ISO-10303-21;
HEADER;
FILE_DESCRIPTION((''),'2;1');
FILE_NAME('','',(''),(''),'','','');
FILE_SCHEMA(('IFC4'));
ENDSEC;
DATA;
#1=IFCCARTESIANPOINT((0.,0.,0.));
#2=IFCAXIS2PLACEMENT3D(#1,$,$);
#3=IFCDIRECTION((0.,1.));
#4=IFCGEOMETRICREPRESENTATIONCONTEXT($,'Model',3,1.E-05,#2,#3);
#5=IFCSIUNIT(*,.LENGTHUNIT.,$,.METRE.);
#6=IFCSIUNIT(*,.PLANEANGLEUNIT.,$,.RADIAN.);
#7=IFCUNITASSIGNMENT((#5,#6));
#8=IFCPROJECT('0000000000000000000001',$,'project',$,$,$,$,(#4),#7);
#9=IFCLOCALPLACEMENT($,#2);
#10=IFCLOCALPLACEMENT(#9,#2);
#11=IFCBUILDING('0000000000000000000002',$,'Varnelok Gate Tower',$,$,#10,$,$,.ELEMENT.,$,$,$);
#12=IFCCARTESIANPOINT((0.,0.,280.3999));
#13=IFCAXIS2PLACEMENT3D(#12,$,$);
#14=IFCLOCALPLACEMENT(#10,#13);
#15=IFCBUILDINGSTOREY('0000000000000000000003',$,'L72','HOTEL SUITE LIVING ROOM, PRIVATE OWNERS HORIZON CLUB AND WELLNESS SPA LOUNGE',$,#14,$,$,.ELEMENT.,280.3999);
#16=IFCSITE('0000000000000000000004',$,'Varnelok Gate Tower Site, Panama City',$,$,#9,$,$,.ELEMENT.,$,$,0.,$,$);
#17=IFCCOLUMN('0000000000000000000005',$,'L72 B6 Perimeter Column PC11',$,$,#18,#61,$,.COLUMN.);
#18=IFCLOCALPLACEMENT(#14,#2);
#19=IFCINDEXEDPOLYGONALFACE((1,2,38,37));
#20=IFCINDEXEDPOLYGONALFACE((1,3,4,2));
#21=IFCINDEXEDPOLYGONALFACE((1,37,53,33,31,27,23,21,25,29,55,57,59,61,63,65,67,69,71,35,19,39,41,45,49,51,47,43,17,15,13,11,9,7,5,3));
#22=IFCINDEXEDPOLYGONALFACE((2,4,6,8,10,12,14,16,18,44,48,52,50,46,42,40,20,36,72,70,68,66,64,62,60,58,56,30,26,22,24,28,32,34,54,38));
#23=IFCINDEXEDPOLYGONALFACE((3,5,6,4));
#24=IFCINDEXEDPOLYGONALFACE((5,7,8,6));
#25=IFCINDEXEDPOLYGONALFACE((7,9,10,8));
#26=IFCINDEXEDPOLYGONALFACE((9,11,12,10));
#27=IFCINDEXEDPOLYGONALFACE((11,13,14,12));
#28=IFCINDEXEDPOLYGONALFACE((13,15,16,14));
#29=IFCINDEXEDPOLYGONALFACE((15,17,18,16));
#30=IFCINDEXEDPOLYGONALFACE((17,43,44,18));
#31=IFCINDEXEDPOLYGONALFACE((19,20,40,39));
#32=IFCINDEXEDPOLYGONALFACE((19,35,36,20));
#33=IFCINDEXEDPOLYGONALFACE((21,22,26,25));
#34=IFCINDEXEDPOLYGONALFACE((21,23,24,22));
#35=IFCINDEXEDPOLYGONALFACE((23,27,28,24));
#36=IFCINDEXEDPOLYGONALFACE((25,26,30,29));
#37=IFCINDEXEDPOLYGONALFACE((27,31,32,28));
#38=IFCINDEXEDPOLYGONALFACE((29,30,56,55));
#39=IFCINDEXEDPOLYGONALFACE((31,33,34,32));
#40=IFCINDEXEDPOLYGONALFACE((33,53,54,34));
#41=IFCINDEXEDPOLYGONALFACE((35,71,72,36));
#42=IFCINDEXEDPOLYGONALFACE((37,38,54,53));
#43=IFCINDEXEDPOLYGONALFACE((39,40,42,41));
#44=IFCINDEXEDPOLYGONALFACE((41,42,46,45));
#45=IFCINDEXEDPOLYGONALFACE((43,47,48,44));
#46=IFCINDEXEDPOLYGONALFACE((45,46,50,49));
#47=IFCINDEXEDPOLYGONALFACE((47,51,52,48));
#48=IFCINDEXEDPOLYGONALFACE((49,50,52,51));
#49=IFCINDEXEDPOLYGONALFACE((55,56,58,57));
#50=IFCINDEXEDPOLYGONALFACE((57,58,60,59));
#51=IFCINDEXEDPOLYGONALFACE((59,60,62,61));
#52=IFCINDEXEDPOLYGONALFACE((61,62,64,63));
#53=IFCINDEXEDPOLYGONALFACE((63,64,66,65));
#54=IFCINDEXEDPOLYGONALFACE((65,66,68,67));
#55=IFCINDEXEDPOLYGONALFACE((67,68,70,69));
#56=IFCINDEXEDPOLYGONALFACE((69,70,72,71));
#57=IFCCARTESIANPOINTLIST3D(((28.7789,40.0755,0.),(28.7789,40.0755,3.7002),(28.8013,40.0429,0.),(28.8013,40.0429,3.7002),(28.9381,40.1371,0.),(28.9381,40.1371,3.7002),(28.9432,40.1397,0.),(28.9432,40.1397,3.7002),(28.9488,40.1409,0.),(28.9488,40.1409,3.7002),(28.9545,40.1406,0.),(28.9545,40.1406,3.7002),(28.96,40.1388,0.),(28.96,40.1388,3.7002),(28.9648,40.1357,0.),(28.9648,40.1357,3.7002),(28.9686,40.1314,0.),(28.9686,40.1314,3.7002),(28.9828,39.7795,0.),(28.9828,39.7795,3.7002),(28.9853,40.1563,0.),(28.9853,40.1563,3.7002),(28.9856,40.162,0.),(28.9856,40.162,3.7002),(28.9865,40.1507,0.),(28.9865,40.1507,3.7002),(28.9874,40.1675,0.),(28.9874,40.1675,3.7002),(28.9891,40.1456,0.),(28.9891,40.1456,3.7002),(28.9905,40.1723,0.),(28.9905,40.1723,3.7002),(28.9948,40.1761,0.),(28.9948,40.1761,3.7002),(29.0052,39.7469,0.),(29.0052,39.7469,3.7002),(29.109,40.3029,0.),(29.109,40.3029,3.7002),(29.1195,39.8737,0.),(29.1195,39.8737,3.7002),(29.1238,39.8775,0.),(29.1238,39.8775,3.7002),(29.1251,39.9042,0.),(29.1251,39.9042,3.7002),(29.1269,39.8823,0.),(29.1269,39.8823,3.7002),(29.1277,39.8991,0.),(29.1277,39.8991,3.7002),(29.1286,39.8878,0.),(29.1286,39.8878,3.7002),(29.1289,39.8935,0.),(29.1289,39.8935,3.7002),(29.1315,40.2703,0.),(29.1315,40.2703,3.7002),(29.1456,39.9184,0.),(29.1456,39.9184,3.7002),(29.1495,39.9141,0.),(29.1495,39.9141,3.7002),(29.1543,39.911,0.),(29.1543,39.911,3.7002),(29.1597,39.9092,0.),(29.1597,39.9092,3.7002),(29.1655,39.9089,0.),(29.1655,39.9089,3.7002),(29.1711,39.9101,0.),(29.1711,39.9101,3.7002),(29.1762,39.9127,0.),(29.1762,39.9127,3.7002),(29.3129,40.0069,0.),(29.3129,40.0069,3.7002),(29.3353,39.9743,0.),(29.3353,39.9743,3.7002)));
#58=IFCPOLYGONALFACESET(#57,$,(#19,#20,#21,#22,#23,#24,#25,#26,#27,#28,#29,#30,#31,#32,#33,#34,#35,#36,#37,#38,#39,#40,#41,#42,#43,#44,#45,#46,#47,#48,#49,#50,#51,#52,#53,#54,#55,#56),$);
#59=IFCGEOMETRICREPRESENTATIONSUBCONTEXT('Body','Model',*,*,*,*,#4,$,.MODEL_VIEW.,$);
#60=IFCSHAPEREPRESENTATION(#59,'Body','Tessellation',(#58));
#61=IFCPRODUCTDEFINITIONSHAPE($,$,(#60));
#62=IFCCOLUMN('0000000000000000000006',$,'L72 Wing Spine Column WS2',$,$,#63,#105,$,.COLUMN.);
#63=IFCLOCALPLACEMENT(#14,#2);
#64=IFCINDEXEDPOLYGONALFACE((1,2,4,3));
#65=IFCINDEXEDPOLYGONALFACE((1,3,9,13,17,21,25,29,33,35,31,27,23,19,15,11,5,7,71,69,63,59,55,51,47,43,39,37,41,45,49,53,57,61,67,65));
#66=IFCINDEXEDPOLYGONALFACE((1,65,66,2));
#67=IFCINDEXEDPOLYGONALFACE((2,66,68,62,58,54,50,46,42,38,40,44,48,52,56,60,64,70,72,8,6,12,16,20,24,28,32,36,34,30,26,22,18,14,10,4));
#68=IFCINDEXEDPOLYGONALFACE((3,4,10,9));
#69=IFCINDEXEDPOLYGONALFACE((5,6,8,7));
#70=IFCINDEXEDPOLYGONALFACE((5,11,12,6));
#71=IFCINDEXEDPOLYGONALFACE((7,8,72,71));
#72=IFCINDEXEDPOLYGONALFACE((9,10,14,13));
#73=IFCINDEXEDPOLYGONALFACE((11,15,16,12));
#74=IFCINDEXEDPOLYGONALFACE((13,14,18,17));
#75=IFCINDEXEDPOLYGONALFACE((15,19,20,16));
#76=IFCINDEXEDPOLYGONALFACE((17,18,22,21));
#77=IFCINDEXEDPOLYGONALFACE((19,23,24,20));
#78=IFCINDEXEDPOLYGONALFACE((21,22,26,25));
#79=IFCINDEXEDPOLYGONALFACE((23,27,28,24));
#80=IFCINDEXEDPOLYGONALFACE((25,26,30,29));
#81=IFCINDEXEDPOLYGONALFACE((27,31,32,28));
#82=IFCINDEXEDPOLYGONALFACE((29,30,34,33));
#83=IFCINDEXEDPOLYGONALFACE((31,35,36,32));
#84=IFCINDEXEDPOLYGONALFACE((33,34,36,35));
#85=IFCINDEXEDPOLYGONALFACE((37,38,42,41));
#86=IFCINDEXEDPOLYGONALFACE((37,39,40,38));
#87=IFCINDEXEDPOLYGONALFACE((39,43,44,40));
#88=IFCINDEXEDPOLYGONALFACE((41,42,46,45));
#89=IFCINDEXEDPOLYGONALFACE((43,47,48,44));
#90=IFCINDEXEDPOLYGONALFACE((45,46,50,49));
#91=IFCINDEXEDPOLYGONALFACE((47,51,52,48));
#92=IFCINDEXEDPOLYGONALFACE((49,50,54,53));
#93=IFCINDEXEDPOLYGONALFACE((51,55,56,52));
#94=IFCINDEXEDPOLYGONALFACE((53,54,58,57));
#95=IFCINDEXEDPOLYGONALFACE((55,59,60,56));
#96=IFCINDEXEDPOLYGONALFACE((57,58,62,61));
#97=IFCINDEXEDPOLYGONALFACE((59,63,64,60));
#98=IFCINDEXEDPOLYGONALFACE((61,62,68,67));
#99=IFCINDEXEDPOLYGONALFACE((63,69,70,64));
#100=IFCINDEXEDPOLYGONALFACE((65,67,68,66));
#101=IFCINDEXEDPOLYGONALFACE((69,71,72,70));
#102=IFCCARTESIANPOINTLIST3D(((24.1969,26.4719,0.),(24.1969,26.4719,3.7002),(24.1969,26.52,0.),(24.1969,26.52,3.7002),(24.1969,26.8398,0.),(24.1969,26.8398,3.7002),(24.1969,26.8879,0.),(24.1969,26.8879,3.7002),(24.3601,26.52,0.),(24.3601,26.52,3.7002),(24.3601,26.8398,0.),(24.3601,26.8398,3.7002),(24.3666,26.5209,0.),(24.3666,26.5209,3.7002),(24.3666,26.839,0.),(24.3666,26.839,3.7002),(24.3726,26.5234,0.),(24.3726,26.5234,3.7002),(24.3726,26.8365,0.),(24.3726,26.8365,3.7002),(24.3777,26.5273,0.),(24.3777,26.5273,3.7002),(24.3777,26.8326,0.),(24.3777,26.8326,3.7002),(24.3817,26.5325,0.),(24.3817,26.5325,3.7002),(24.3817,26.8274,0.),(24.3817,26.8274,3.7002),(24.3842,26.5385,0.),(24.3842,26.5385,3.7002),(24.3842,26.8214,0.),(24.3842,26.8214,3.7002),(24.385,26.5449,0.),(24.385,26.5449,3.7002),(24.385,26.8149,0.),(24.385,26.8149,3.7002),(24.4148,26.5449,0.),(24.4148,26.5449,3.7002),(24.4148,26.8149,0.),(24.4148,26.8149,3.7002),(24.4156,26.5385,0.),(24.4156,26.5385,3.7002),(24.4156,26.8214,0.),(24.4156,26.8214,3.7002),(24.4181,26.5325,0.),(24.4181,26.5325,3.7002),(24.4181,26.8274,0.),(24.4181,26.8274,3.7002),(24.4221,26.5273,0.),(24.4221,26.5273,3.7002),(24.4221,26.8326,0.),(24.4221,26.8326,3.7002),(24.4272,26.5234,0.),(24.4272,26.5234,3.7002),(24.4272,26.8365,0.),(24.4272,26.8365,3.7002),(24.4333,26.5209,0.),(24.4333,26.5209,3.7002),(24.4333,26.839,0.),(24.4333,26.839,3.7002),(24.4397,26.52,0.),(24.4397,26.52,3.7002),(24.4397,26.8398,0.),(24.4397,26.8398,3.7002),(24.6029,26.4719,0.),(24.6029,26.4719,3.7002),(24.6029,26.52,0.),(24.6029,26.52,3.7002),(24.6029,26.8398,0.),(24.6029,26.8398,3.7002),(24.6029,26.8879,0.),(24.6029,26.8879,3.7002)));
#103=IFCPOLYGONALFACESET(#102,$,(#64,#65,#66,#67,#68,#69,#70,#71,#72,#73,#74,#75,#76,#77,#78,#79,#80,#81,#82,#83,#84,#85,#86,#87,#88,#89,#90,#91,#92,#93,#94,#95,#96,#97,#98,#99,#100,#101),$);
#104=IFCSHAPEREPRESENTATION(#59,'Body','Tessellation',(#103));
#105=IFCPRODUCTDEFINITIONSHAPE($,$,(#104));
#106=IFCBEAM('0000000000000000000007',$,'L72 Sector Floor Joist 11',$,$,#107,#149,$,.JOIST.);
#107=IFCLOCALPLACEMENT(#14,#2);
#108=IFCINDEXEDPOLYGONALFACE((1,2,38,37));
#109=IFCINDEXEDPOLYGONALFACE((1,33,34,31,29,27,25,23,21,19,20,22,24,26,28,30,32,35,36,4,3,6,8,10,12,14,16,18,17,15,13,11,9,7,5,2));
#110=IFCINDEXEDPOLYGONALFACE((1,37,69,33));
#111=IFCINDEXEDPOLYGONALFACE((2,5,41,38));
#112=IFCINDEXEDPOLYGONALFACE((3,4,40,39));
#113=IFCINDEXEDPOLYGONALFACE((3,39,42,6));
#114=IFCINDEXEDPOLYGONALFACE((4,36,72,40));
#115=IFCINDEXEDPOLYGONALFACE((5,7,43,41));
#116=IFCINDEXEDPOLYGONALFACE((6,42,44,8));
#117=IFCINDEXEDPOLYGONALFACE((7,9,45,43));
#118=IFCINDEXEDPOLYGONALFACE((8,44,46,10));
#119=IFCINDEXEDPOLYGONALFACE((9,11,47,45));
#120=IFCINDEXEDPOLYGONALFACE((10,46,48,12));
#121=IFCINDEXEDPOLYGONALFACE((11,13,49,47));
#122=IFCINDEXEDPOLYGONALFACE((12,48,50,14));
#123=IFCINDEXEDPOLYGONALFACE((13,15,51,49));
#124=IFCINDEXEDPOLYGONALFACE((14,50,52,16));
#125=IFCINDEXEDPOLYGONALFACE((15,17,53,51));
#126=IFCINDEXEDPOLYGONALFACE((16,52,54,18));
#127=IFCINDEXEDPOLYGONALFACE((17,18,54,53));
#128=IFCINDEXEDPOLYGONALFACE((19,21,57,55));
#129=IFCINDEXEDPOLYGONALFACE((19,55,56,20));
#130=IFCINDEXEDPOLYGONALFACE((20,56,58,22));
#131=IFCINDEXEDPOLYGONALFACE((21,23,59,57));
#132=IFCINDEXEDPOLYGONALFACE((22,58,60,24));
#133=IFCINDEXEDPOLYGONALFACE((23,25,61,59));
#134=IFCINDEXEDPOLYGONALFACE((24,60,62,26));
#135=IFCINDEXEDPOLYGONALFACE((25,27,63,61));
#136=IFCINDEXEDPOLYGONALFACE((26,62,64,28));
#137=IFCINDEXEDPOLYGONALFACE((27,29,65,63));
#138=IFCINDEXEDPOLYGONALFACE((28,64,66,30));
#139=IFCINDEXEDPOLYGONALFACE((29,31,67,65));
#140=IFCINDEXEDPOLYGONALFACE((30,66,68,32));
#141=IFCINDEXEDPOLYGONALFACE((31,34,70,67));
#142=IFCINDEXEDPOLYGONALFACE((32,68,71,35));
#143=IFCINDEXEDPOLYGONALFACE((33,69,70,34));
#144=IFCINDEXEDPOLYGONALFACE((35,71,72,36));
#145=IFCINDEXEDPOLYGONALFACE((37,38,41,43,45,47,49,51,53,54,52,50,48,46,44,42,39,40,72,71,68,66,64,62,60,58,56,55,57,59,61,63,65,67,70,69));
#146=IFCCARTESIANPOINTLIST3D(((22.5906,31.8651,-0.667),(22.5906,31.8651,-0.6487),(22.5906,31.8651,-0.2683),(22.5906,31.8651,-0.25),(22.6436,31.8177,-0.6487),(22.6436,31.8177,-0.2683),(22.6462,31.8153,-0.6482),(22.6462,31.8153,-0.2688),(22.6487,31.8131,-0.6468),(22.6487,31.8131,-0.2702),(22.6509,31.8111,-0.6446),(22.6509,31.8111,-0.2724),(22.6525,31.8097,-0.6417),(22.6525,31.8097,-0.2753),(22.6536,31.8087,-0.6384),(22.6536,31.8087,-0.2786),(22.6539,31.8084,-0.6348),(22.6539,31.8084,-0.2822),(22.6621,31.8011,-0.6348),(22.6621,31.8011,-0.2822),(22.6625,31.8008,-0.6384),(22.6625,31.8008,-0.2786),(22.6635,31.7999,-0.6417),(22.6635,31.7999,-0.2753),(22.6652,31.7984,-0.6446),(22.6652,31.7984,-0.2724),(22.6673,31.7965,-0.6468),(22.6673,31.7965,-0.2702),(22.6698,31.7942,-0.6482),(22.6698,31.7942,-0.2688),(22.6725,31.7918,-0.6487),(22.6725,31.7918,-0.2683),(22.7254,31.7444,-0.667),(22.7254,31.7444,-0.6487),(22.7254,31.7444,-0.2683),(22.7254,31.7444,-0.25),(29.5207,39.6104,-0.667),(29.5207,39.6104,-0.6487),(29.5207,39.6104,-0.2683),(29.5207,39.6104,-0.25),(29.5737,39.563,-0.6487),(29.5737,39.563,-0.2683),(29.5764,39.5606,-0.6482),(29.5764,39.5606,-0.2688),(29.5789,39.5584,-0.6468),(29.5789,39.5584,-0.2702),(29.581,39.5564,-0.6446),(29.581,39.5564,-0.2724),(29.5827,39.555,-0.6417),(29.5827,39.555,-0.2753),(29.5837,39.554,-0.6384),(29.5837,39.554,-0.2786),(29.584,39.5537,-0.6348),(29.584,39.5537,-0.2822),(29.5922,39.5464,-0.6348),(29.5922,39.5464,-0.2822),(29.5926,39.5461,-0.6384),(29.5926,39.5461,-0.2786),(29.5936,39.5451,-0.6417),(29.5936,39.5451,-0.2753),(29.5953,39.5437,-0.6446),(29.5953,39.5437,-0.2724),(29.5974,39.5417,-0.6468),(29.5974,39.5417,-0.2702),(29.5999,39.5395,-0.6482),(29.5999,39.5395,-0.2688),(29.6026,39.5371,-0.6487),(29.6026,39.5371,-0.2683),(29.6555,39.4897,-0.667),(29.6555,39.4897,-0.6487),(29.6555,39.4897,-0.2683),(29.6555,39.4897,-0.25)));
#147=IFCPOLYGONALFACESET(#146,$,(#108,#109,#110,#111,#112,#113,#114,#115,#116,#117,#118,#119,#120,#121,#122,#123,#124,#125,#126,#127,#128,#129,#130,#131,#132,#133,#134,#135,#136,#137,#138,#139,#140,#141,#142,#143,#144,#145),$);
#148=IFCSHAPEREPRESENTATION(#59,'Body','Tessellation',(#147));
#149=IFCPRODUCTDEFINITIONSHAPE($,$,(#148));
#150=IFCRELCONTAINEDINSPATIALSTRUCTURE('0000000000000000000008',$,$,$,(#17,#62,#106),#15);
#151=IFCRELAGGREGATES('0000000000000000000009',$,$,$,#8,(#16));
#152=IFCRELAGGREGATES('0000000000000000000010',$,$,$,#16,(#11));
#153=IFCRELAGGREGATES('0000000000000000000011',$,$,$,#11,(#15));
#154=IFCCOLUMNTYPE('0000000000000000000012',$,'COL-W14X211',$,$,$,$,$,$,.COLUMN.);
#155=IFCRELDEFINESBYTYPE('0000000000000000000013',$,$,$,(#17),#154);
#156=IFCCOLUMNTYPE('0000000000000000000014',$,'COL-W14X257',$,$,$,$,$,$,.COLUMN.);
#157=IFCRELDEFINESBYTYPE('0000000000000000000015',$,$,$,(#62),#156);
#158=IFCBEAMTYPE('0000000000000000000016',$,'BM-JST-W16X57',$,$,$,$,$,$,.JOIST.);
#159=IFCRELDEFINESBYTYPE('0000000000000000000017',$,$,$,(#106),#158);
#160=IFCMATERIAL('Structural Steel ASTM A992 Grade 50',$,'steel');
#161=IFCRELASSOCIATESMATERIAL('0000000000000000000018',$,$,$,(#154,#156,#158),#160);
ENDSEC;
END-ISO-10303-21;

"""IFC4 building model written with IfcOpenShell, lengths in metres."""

from ifc_helpers import new_model, si_unit, direction, frame, origin, origin_2d, place, context, subcontext, project, spatial, i_section, extrude, material, material_profile, profile_set, type_object, element, save


model = new_model("IFC4")

# Units and contexts
model_context = context("Model", 3, precision=1e-05, world=origin(), true_north=direction((0.0, 1.0)))
body_context = subcontext(model_context, "Body", "Model", "MODEL_VIEW")
ifc_project = project(units=[si_unit("LENGTHUNIT", "METRE"), si_unit("PLANEANGLEUNIT", "RADIAN")], contexts=[model_context])

# Site, building, storey
site_placement = place(None, origin())
site = spatial("IfcSite", under=ifc_project, at=site_placement, Name="Varnelok Gate Tower Site, Panama City", CompositionType="ELEMENT", RefElevation=0.0)
building_placement = place(site_placement, origin())
building = spatial("IfcBuilding", under=site, at=building_placement, Name="Varnelok Gate Tower", CompositionType="ELEMENT")
storey_placement = place(building_placement, frame((0.0, 0.0, 280.3999)))
storey = spatial("IfcBuildingStorey", under=building, at=storey_placement, Name="L72", Description="HOTEL SUITE LIVING ROOM, PRIVATE OWNERS HORIZON CLUB AND WELLNESS SPA LOUNGE", CompositionType="ELEMENT", Elevation=280.3999)

# Columns
ifc_material_1 = material(Name="Structural Steel ASTM A992 Grade 50", Category="steel")
ifc_material_profile_1 = material_profile(ifc_material_1, i_section(OverallWidth=0.4009, OverallDepth=0.3989, WebThickness=0.0249, FlangeThickness=0.0396, FilletRadius=0.022, at=origin_2d()), Name="W14X211")
ifc_profile_set_1 = profile_set([ifc_material_profile_1], Name="Structural Steel ASTM A992 Grade 50")
column_type_1 = type_object("IfcColumnType", Name="COL-W14X211", PredefinedType="COLUMN", material=ifc_profile_set_1)
column_1_placement = place(storey_placement, frame((29.0571, 40.0249, 0.0), z_axis=(0.0, 0.0, 1.0), x_axis=(0.823533, 0.567269, 0.0)))
element("IfcColumn", 1, at=column_1_placement, inside=storey, type_object=column_type_1, Name="L72 B6 Perimeter Column PC11", PredefinedType="COLUMN", context=body_context, shape_type="SweptSolid", body=[
    extrude(i_section(OverallWidth=0.4009, OverallDepth=0.3989, WebThickness=0.0249, FlangeThickness=0.0396, FilletRadius=0.022, at=origin_2d()), origin(), (0.0, 0.0, 1.0), 3.7002),
])
ifc_material_profile_2 = material_profile(ifc_material_1, i_section(OverallWidth=0.406, OverallDepth=0.416, WebThickness=0.0298, FlangeThickness=0.0481, FilletRadius=0.0249, at=origin_2d()), Name="W14X257")
ifc_profile_set_2 = profile_set([ifc_material_profile_2], Name="Structural Steel ASTM A992 Grade 50")
column_type_2 = type_object("IfcColumnType", Name="COL-W14X257", PredefinedType="COLUMN", material=ifc_profile_set_2)
column_2_placement = place(storey_placement, frame((24.3999, 26.6799, 0.0), z_axis=(0.0, 0.0, 1.0), x_axis=(1.0, 0.0, 0.0)))
element("IfcColumn", 2, at=column_2_placement, inside=storey, type_object=column_type_2, Name="L72 Wing Spine Column WS2", PredefinedType="COLUMN", context=body_context, shape_type="SweptSolid", body=[
    extrude(i_section(OverallWidth=0.406, OverallDepth=0.416, WebThickness=0.0298, FlangeThickness=0.0481, FilletRadius=0.0249, at=origin_2d()), origin(), (0.0, 0.0, 1.0), 3.7002),
])

# Beam
ifc_material_profile_3 = material_profile(ifc_material_1, i_section(OverallWidth=0.1809, OverallDepth=0.417, WebThickness=0.011, FlangeThickness=0.0183, FilletRadius=0.0139, at=origin_2d()), Name="W16X57")
ifc_profile_set_3 = profile_set([ifc_material_profile_3], Name="Structural Steel ASTM A992 Grade 50")
beam_type_1 = type_object("IfcBeamType", Name="BM-JST-W16X57", PredefinedType="JOIST", material=ifc_profile_set_3)
beam_1_placement = place(storey_placement, frame((29.5881, 39.55, -0.4585), z_axis=(-0.666801, -0.745236, 0.0), x_axis=(0.745236, -0.666801, 0.0)))
element("IfcBeam", 3, at=beam_1_placement, inside=storey, type_object=beam_type_1, Name="L72 Sector Floor Joist 11", PredefinedType="JOIST", context=body_context, shape_type="SweptSolid", body=[
    extrude(i_section(OverallWidth=0.1809, OverallDepth=0.417, WebThickness=0.011, FlangeThickness=0.0183, FilletRadius=0.0139, at=origin_2d()), origin(), (0.0, 0.0, 1.0), 10.3931),
])

save(model, "model.ifc")
